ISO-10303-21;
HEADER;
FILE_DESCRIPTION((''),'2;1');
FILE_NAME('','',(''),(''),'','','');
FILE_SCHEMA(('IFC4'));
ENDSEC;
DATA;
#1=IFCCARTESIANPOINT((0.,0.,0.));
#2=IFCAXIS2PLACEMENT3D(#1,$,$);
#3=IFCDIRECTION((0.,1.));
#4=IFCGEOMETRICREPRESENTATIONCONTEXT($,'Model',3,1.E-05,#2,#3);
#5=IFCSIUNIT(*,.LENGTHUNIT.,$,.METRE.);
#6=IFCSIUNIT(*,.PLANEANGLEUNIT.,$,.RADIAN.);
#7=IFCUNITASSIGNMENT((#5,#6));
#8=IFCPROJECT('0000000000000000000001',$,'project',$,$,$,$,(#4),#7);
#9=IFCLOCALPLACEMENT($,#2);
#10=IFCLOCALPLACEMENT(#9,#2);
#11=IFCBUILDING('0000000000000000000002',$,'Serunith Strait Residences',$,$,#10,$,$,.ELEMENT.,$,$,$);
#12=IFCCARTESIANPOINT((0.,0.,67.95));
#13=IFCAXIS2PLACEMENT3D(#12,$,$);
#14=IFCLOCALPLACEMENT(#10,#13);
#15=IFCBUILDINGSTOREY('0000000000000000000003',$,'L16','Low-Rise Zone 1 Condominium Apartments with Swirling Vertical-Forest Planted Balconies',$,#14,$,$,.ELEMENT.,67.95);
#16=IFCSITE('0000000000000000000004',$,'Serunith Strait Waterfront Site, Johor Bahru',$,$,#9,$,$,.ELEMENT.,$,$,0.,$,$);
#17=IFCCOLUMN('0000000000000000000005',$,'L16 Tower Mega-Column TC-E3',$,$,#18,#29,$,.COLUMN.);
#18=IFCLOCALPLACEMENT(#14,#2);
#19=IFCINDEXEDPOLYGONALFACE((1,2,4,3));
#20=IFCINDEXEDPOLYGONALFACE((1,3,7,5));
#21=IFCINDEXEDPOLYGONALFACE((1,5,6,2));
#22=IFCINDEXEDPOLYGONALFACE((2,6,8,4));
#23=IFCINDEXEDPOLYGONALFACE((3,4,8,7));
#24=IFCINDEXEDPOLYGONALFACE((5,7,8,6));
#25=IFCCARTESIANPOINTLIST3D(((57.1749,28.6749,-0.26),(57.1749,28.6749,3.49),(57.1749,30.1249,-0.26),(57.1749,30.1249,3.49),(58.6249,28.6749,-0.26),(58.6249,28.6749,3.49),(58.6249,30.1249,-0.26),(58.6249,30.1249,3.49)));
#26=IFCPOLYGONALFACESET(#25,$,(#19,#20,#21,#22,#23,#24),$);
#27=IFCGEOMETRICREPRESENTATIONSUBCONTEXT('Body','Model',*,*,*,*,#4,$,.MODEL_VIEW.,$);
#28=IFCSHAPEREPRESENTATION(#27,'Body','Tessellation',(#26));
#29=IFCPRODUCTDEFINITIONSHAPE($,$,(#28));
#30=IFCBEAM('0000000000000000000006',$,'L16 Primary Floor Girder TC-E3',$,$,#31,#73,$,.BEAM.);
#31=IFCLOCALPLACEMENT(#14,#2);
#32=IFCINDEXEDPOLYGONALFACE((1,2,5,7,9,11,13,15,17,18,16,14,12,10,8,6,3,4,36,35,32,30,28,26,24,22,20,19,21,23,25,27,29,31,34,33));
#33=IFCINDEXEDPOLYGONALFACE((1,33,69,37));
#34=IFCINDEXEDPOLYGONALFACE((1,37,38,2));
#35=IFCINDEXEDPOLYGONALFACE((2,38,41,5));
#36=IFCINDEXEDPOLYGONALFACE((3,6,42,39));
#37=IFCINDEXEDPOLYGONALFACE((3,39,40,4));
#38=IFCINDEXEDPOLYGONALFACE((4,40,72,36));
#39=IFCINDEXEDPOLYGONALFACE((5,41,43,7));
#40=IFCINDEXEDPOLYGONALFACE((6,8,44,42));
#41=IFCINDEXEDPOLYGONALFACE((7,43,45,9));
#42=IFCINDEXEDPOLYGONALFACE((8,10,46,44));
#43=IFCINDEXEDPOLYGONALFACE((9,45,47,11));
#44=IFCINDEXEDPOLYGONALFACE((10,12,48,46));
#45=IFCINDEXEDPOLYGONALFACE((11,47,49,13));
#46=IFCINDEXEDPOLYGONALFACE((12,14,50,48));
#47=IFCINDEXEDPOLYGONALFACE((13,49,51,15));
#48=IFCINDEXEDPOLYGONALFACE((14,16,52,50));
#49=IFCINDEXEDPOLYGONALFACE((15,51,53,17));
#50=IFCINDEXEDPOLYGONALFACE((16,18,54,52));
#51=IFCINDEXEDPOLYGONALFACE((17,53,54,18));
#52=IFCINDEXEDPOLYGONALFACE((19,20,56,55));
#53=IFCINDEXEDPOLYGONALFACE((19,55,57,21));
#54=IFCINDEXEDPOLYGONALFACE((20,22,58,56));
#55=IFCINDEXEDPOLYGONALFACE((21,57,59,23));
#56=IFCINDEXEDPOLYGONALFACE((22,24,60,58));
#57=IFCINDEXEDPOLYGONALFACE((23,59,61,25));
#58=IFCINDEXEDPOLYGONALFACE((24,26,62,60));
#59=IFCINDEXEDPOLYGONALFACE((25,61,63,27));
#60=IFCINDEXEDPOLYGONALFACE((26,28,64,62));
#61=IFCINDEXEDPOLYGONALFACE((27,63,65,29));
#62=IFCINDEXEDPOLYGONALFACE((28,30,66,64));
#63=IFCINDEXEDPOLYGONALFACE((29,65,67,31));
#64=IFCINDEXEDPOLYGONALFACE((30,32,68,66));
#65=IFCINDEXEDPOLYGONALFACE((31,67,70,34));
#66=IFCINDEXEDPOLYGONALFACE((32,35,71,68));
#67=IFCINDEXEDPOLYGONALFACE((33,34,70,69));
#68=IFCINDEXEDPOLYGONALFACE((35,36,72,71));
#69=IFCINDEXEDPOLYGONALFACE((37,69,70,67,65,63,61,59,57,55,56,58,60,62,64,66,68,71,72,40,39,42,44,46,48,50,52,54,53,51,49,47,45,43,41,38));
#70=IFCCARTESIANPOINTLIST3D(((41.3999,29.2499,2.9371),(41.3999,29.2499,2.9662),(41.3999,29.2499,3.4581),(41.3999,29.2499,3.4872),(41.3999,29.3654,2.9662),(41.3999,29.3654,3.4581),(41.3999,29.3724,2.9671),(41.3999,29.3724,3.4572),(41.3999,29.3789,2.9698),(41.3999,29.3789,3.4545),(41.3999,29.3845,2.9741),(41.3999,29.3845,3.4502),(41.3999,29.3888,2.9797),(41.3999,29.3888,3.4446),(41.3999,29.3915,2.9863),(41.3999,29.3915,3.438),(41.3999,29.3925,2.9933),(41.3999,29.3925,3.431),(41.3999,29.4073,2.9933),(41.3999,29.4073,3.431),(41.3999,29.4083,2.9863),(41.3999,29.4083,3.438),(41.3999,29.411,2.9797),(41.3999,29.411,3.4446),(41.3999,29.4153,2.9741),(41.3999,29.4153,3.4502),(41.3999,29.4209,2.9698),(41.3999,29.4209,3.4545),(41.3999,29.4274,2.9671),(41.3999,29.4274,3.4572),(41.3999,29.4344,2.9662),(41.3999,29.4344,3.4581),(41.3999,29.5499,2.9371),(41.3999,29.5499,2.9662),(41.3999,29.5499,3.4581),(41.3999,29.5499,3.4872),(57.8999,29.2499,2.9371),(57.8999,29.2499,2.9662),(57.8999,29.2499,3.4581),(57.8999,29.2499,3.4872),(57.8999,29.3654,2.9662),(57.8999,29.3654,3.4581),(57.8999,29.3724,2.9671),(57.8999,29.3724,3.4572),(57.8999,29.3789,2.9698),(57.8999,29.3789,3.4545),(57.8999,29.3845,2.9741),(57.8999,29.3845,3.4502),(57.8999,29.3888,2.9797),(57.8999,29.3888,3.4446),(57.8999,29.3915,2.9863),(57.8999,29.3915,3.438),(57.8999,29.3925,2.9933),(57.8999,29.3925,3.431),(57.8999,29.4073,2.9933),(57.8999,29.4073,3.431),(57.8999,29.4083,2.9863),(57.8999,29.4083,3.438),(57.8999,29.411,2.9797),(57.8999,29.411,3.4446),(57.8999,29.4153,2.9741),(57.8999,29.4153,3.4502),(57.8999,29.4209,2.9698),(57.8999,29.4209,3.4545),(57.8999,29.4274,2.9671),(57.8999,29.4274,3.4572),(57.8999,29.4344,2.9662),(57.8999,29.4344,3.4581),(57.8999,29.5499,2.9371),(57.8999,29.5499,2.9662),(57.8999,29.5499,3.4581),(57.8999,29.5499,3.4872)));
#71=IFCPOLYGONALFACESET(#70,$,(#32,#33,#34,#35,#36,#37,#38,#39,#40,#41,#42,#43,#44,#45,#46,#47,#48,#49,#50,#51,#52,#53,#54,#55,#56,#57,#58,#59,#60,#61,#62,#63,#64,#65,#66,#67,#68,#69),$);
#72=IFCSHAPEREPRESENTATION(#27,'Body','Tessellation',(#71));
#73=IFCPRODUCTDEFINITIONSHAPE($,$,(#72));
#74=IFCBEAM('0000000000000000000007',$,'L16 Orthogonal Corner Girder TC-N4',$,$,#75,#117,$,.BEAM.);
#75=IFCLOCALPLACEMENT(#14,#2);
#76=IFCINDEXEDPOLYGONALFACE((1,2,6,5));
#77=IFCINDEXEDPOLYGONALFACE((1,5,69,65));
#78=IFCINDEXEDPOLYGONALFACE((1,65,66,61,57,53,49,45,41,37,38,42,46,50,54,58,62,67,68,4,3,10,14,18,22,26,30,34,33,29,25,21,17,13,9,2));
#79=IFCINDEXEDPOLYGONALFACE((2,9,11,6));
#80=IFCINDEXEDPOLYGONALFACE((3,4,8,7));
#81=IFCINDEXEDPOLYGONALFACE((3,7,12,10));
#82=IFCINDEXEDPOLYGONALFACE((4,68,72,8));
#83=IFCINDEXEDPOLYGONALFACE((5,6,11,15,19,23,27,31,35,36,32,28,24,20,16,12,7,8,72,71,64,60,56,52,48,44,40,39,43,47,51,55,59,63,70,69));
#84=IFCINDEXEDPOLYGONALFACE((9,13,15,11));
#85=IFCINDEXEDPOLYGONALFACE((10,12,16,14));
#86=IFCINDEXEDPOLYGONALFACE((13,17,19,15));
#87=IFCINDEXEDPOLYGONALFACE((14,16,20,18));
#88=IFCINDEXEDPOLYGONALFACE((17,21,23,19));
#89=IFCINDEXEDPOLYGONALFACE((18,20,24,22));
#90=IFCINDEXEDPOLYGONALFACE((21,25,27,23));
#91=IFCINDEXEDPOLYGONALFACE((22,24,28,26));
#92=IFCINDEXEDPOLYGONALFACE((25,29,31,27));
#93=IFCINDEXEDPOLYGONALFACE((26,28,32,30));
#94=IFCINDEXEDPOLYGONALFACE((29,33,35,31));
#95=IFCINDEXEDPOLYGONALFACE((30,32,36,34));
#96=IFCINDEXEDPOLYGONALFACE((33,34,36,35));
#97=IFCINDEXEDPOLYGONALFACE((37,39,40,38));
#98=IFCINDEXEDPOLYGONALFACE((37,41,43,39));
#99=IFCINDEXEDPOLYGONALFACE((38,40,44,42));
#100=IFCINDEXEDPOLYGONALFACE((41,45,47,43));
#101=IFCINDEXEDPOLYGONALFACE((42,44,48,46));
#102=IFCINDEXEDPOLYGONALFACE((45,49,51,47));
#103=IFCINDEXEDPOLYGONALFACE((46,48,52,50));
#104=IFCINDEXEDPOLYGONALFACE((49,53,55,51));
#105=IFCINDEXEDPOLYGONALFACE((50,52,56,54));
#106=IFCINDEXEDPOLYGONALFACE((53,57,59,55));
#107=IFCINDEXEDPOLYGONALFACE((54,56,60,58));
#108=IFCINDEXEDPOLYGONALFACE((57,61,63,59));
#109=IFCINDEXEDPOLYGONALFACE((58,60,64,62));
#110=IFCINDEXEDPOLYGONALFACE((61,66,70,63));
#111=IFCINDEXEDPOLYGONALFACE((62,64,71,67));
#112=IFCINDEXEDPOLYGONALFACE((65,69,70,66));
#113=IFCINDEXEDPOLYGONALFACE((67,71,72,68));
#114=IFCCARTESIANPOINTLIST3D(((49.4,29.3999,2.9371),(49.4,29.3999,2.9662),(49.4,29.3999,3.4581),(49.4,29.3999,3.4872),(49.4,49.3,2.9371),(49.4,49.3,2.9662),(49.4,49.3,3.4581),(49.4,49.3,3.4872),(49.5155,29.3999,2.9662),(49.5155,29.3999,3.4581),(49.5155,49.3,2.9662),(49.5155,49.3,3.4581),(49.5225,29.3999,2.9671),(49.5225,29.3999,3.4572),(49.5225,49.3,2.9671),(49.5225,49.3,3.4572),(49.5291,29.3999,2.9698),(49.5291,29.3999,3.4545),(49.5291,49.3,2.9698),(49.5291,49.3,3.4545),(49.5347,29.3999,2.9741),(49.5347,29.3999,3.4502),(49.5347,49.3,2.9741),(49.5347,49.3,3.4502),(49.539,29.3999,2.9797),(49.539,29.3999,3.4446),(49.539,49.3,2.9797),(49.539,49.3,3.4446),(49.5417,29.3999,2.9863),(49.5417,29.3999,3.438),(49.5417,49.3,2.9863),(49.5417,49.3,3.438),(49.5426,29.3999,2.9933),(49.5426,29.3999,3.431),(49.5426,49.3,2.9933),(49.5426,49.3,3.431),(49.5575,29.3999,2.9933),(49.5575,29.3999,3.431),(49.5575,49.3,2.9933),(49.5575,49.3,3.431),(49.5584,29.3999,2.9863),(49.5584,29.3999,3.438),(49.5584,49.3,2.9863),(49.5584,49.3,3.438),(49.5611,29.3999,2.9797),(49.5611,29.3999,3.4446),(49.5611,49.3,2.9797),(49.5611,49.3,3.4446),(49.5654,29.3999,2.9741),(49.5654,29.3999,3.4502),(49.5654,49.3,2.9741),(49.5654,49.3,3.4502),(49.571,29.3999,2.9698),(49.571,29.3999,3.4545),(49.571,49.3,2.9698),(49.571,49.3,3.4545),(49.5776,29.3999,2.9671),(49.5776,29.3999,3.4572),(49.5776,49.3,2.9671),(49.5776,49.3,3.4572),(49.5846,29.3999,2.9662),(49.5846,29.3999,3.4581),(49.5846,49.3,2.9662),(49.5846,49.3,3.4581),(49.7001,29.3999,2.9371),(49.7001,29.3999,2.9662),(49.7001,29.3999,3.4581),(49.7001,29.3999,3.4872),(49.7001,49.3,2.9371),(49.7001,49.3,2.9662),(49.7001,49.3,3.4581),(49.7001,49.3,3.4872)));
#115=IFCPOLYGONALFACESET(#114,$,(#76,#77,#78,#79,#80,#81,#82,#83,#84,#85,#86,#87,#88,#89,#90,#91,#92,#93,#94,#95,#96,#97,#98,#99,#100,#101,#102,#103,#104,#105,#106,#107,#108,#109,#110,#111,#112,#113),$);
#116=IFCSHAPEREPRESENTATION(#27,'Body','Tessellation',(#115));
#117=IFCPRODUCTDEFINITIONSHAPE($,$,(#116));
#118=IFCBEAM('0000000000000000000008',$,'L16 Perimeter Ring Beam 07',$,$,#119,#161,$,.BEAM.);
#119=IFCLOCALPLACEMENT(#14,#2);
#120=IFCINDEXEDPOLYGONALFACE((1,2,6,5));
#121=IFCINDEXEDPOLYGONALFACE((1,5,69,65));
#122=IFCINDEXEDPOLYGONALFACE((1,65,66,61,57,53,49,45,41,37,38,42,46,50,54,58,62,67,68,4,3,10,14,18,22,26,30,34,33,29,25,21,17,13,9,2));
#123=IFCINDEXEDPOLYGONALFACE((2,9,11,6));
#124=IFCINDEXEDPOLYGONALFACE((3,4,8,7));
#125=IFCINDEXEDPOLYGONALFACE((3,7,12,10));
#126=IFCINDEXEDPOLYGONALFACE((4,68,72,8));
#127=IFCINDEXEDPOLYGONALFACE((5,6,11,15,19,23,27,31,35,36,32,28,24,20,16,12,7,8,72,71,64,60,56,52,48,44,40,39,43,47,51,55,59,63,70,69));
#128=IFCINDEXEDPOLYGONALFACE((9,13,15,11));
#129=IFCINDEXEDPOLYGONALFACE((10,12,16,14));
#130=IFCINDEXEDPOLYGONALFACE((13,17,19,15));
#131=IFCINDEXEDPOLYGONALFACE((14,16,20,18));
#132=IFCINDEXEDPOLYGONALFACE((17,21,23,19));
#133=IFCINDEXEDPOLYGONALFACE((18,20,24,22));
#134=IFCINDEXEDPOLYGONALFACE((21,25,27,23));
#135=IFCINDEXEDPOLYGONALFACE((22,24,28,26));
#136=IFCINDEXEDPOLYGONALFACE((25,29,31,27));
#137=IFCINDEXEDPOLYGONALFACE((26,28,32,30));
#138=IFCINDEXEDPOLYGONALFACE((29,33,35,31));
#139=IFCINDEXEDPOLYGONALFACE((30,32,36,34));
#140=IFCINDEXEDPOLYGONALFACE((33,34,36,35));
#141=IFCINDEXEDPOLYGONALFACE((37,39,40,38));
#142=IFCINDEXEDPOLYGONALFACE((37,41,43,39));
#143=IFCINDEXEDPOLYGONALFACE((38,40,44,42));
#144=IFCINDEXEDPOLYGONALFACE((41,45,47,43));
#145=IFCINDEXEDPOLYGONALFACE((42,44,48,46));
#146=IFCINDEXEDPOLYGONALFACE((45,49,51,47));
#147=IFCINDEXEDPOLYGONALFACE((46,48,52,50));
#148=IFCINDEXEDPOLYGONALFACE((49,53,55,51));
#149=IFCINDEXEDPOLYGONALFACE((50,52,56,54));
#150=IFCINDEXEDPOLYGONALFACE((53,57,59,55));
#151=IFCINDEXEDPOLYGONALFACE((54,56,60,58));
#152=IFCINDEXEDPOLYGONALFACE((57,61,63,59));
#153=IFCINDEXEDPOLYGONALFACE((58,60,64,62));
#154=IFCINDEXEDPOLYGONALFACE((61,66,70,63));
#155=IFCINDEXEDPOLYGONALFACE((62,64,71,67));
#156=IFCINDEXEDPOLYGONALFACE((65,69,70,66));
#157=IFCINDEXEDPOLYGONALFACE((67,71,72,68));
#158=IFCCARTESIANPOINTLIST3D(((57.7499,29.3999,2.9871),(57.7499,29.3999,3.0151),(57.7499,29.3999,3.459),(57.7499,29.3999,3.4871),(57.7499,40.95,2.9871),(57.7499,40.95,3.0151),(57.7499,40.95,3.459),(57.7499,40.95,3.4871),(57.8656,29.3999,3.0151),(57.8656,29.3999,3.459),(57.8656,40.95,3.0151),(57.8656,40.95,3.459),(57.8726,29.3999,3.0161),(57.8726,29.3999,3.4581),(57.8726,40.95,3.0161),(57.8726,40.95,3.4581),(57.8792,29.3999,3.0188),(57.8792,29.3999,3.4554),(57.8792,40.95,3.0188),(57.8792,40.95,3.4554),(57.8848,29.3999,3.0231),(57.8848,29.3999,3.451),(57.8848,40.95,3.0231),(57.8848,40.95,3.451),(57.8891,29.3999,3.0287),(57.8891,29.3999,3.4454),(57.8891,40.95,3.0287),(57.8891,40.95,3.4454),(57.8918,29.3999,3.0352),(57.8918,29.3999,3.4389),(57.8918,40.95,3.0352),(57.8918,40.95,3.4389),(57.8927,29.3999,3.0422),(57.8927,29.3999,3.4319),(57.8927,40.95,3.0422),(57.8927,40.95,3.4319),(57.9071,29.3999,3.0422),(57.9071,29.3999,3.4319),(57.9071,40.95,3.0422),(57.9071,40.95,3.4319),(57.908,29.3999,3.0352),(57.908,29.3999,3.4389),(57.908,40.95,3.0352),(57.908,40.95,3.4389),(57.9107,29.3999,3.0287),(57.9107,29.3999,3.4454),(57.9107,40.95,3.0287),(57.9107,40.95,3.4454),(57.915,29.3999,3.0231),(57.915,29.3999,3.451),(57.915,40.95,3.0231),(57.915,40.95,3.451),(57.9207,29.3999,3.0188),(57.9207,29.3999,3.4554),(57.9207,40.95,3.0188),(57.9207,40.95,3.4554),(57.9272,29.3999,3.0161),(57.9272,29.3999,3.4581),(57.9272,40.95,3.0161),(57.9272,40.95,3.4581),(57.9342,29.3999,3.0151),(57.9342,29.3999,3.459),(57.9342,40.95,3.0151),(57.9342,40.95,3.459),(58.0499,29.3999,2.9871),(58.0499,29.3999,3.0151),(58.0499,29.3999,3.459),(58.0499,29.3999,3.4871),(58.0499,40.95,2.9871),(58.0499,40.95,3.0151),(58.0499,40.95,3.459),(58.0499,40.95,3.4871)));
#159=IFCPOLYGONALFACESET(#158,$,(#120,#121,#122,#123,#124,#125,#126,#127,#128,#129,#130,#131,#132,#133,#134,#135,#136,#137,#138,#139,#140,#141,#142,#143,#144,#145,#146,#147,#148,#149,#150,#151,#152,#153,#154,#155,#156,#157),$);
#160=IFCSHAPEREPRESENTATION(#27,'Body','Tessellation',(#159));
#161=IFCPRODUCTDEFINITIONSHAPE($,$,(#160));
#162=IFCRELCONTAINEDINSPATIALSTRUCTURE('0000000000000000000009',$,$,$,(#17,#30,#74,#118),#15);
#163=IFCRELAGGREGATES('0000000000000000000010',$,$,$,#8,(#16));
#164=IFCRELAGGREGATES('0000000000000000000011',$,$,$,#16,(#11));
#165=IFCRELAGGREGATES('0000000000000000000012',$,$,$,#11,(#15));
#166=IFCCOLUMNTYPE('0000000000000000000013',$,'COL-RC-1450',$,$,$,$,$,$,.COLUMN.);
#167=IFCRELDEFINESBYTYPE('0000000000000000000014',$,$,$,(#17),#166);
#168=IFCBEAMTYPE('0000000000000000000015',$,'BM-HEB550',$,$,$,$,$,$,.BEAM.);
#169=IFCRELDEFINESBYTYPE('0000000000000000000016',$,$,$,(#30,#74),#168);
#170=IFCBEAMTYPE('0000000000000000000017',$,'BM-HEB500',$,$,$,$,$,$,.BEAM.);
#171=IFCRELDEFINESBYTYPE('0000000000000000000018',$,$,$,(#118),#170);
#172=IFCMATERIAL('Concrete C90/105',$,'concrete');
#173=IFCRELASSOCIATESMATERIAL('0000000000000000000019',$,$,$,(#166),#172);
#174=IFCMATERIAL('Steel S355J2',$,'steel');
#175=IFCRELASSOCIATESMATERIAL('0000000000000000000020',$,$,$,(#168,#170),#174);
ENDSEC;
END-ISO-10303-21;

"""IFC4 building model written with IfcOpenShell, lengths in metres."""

from ifc_helpers import new_model, si_unit, direction, frame, origin, origin_2d, place, context, subcontext, project, spatial, rectangle, i_section, extrude, source, transform, mapped, material, material_profile, profile_set, type_object, element, save


model = new_model("IFC4")

# Units and contexts
model_context = context("Model", 3, precision=1e-05, world=origin(), true_north=direction((0.0, 1.0)))
body_context = subcontext(model_context, "Body", "Model", "MODEL_VIEW")
ifc_project = project(units=[si_unit("LENGTHUNIT", "METRE"), si_unit("PLANEANGLEUNIT", "RADIAN")], contexts=[model_context])

# Site, building, storey
site_placement = place(None, origin())
site = spatial("IfcSite", under=ifc_project, at=site_placement, Name="Serunith Strait Waterfront Site, Johor Bahru", CompositionType="ELEMENT", RefElevation=0.0)
building_placement = place(site_placement, origin())
building = spatial("IfcBuilding", under=site, at=building_placement, Name="Serunith Strait Residences", CompositionType="ELEMENT")
storey_placement = place(building_placement, frame((0.0, 0.0, 67.95)))
storey = spatial("IfcBuildingStorey", under=building, at=storey_placement, Name="L16", Description="Low-Rise Zone 1 Condominium Apartments with Swirling Vertical-Forest Planted Balconies", CompositionType="ELEMENT", Elevation=67.95)

# Column
ifc_material_1 = material(Name="Concrete C90/105", Category="concrete")
ifc_material_profile_1 = material_profile(ifc_material_1, rectangle(XDim=1.45, YDim=1.45, at=origin_2d()), Name="RC 1450x1450")
ifc_profile_set_1 = profile_set([ifc_material_profile_1], Name="Concrete C90/105")
column_type = type_object("IfcColumnType", Name="COL-RC-1450", PredefinedType="COLUMN", material=ifc_profile_set_1)
shared_shape_1 = source(origin(), body_context, "Body", "SweptSolid", [
    extrude(rectangle(XDim=1.45, YDim=1.45, at=origin_2d()), origin(), (0.0, 0.0, 1.0), 3.75),
])
column_placement = place(storey_placement, frame((57.8999, 29.3999, -0.26), z_axis=(0.0, 0.0, 1.0), x_axis=(1.0, 0.0, 0.0)))
element("IfcColumn", 1, at=column_placement, inside=storey, type_object=column_type, Name="L16 Tower Mega-Column TC-E3", PredefinedType="COLUMN", context=body_context, shape_type="MappedRepresentation", body=[
    mapped(shared_shape_1, transform((0.0, 0.0, 0.0), scale=1.0)),
])

# Beams
ifc_material_2 = material(Name="Steel S355J2", Category="steel")
ifc_material_profile_2 = material_profile(ifc_material_2, i_section(OverallWidth=0.3, OverallDepth=0.55, WebThickness=0.0149, FlangeThickness=0.0291, FilletRadius=0.0271, at=origin_2d()), Name="HEB 550")
ifc_profile_set_2 = profile_set([ifc_material_profile_2], Name="Steel S355J2")
beam_type_1 = type_object("IfcBeamType", Name="BM-HEB550", PredefinedType="BEAM", material=ifc_profile_set_2)
shared_shape_2 = source(origin(), body_context, "Body", "SweptSolid", [
    extrude(i_section(OverallWidth=0.3, OverallDepth=0.55, WebThickness=0.0149, FlangeThickness=0.0291, FilletRadius=0.0271, at=origin_2d()), origin(), (0.0, 0.0, 1.0), 16.5),
])
beam_1_placement = place(storey_placement, frame((41.3999, 29.3999, 3.2122), z_axis=(1.0, 0.0, 0.0), x_axis=(0.0, 1.0, 0.0)))
element("IfcBeam", 2, at=beam_1_placement, inside=storey, type_object=beam_type_1, Name="L16 Primary Floor Girder TC-E3", PredefinedType="BEAM", context=body_context, shape_type="MappedRepresentation", body=[
    mapped(shared_shape_2, transform((0.0, 0.0, 0.0), scale=1.0)),
])
shared_shape_3 = source(origin(), body_context, "Body", "SweptSolid", [
    extrude(i_section(OverallWidth=0.3, OverallDepth=0.55, WebThickness=0.0149, FlangeThickness=0.0291, FilletRadius=0.0271, at=origin_2d()), origin(), (0.0, 0.0, 1.0), 19.9001),
])
beam_2_placement = place(storey_placement, frame((49.55, 29.3999, 3.2122), z_axis=(0.0, 1.0, 0.0), x_axis=(-1.0, 0.0, 0.0)))
element("IfcBeam", 3, at=beam_2_placement, inside=storey, type_object=beam_type_1, Name="L16 Orthogonal Corner Girder TC-N4", PredefinedType="BEAM", context=body_context, shape_type="MappedRepresentation", body=[
    mapped(shared_shape_3, transform((0.0, 0.0, 0.0), scale=1.0)),
])
ifc_material_profile_3 = material_profile(ifc_material_2, i_section(OverallWidth=0.3, OverallDepth=0.5, WebThickness=0.0144, FlangeThickness=0.0281, FilletRadius=0.0271, at=origin_2d()), Name="HEB 500")
ifc_profile_set_3 = profile_set([ifc_material_profile_3], Name="Steel S355J2")
beam_type_2 = type_object("IfcBeamType", Name="BM-HEB500", PredefinedType="BEAM", material=ifc_profile_set_3)
shared_shape_4 = source(origin(), body_context, "Body", "SweptSolid", [
    extrude(i_section(OverallWidth=0.3, OverallDepth=0.5, WebThickness=0.0144, FlangeThickness=0.0281, FilletRadius=0.0271, at=origin_2d()), origin(), (0.0, 0.0, 1.0), 11.55),
])
beam_3_placement = place(storey_placement, frame((57.8999, 29.3999, 3.2371), z_axis=(0.0, 1.0, 0.0), x_axis=(-1.0, 0.0, 0.0)))
element("IfcBeam", 4, at=beam_3_placement, inside=storey, type_object=beam_type_2, Name="L16 Perimeter Ring Beam 07", PredefinedType="BEAM", context=body_context, shape_type="MappedRepresentation", body=[
    mapped(shared_shape_4, transform((0.0, 0.0, 0.0), scale=1.0)),
])

save(model, "model.ifc")
